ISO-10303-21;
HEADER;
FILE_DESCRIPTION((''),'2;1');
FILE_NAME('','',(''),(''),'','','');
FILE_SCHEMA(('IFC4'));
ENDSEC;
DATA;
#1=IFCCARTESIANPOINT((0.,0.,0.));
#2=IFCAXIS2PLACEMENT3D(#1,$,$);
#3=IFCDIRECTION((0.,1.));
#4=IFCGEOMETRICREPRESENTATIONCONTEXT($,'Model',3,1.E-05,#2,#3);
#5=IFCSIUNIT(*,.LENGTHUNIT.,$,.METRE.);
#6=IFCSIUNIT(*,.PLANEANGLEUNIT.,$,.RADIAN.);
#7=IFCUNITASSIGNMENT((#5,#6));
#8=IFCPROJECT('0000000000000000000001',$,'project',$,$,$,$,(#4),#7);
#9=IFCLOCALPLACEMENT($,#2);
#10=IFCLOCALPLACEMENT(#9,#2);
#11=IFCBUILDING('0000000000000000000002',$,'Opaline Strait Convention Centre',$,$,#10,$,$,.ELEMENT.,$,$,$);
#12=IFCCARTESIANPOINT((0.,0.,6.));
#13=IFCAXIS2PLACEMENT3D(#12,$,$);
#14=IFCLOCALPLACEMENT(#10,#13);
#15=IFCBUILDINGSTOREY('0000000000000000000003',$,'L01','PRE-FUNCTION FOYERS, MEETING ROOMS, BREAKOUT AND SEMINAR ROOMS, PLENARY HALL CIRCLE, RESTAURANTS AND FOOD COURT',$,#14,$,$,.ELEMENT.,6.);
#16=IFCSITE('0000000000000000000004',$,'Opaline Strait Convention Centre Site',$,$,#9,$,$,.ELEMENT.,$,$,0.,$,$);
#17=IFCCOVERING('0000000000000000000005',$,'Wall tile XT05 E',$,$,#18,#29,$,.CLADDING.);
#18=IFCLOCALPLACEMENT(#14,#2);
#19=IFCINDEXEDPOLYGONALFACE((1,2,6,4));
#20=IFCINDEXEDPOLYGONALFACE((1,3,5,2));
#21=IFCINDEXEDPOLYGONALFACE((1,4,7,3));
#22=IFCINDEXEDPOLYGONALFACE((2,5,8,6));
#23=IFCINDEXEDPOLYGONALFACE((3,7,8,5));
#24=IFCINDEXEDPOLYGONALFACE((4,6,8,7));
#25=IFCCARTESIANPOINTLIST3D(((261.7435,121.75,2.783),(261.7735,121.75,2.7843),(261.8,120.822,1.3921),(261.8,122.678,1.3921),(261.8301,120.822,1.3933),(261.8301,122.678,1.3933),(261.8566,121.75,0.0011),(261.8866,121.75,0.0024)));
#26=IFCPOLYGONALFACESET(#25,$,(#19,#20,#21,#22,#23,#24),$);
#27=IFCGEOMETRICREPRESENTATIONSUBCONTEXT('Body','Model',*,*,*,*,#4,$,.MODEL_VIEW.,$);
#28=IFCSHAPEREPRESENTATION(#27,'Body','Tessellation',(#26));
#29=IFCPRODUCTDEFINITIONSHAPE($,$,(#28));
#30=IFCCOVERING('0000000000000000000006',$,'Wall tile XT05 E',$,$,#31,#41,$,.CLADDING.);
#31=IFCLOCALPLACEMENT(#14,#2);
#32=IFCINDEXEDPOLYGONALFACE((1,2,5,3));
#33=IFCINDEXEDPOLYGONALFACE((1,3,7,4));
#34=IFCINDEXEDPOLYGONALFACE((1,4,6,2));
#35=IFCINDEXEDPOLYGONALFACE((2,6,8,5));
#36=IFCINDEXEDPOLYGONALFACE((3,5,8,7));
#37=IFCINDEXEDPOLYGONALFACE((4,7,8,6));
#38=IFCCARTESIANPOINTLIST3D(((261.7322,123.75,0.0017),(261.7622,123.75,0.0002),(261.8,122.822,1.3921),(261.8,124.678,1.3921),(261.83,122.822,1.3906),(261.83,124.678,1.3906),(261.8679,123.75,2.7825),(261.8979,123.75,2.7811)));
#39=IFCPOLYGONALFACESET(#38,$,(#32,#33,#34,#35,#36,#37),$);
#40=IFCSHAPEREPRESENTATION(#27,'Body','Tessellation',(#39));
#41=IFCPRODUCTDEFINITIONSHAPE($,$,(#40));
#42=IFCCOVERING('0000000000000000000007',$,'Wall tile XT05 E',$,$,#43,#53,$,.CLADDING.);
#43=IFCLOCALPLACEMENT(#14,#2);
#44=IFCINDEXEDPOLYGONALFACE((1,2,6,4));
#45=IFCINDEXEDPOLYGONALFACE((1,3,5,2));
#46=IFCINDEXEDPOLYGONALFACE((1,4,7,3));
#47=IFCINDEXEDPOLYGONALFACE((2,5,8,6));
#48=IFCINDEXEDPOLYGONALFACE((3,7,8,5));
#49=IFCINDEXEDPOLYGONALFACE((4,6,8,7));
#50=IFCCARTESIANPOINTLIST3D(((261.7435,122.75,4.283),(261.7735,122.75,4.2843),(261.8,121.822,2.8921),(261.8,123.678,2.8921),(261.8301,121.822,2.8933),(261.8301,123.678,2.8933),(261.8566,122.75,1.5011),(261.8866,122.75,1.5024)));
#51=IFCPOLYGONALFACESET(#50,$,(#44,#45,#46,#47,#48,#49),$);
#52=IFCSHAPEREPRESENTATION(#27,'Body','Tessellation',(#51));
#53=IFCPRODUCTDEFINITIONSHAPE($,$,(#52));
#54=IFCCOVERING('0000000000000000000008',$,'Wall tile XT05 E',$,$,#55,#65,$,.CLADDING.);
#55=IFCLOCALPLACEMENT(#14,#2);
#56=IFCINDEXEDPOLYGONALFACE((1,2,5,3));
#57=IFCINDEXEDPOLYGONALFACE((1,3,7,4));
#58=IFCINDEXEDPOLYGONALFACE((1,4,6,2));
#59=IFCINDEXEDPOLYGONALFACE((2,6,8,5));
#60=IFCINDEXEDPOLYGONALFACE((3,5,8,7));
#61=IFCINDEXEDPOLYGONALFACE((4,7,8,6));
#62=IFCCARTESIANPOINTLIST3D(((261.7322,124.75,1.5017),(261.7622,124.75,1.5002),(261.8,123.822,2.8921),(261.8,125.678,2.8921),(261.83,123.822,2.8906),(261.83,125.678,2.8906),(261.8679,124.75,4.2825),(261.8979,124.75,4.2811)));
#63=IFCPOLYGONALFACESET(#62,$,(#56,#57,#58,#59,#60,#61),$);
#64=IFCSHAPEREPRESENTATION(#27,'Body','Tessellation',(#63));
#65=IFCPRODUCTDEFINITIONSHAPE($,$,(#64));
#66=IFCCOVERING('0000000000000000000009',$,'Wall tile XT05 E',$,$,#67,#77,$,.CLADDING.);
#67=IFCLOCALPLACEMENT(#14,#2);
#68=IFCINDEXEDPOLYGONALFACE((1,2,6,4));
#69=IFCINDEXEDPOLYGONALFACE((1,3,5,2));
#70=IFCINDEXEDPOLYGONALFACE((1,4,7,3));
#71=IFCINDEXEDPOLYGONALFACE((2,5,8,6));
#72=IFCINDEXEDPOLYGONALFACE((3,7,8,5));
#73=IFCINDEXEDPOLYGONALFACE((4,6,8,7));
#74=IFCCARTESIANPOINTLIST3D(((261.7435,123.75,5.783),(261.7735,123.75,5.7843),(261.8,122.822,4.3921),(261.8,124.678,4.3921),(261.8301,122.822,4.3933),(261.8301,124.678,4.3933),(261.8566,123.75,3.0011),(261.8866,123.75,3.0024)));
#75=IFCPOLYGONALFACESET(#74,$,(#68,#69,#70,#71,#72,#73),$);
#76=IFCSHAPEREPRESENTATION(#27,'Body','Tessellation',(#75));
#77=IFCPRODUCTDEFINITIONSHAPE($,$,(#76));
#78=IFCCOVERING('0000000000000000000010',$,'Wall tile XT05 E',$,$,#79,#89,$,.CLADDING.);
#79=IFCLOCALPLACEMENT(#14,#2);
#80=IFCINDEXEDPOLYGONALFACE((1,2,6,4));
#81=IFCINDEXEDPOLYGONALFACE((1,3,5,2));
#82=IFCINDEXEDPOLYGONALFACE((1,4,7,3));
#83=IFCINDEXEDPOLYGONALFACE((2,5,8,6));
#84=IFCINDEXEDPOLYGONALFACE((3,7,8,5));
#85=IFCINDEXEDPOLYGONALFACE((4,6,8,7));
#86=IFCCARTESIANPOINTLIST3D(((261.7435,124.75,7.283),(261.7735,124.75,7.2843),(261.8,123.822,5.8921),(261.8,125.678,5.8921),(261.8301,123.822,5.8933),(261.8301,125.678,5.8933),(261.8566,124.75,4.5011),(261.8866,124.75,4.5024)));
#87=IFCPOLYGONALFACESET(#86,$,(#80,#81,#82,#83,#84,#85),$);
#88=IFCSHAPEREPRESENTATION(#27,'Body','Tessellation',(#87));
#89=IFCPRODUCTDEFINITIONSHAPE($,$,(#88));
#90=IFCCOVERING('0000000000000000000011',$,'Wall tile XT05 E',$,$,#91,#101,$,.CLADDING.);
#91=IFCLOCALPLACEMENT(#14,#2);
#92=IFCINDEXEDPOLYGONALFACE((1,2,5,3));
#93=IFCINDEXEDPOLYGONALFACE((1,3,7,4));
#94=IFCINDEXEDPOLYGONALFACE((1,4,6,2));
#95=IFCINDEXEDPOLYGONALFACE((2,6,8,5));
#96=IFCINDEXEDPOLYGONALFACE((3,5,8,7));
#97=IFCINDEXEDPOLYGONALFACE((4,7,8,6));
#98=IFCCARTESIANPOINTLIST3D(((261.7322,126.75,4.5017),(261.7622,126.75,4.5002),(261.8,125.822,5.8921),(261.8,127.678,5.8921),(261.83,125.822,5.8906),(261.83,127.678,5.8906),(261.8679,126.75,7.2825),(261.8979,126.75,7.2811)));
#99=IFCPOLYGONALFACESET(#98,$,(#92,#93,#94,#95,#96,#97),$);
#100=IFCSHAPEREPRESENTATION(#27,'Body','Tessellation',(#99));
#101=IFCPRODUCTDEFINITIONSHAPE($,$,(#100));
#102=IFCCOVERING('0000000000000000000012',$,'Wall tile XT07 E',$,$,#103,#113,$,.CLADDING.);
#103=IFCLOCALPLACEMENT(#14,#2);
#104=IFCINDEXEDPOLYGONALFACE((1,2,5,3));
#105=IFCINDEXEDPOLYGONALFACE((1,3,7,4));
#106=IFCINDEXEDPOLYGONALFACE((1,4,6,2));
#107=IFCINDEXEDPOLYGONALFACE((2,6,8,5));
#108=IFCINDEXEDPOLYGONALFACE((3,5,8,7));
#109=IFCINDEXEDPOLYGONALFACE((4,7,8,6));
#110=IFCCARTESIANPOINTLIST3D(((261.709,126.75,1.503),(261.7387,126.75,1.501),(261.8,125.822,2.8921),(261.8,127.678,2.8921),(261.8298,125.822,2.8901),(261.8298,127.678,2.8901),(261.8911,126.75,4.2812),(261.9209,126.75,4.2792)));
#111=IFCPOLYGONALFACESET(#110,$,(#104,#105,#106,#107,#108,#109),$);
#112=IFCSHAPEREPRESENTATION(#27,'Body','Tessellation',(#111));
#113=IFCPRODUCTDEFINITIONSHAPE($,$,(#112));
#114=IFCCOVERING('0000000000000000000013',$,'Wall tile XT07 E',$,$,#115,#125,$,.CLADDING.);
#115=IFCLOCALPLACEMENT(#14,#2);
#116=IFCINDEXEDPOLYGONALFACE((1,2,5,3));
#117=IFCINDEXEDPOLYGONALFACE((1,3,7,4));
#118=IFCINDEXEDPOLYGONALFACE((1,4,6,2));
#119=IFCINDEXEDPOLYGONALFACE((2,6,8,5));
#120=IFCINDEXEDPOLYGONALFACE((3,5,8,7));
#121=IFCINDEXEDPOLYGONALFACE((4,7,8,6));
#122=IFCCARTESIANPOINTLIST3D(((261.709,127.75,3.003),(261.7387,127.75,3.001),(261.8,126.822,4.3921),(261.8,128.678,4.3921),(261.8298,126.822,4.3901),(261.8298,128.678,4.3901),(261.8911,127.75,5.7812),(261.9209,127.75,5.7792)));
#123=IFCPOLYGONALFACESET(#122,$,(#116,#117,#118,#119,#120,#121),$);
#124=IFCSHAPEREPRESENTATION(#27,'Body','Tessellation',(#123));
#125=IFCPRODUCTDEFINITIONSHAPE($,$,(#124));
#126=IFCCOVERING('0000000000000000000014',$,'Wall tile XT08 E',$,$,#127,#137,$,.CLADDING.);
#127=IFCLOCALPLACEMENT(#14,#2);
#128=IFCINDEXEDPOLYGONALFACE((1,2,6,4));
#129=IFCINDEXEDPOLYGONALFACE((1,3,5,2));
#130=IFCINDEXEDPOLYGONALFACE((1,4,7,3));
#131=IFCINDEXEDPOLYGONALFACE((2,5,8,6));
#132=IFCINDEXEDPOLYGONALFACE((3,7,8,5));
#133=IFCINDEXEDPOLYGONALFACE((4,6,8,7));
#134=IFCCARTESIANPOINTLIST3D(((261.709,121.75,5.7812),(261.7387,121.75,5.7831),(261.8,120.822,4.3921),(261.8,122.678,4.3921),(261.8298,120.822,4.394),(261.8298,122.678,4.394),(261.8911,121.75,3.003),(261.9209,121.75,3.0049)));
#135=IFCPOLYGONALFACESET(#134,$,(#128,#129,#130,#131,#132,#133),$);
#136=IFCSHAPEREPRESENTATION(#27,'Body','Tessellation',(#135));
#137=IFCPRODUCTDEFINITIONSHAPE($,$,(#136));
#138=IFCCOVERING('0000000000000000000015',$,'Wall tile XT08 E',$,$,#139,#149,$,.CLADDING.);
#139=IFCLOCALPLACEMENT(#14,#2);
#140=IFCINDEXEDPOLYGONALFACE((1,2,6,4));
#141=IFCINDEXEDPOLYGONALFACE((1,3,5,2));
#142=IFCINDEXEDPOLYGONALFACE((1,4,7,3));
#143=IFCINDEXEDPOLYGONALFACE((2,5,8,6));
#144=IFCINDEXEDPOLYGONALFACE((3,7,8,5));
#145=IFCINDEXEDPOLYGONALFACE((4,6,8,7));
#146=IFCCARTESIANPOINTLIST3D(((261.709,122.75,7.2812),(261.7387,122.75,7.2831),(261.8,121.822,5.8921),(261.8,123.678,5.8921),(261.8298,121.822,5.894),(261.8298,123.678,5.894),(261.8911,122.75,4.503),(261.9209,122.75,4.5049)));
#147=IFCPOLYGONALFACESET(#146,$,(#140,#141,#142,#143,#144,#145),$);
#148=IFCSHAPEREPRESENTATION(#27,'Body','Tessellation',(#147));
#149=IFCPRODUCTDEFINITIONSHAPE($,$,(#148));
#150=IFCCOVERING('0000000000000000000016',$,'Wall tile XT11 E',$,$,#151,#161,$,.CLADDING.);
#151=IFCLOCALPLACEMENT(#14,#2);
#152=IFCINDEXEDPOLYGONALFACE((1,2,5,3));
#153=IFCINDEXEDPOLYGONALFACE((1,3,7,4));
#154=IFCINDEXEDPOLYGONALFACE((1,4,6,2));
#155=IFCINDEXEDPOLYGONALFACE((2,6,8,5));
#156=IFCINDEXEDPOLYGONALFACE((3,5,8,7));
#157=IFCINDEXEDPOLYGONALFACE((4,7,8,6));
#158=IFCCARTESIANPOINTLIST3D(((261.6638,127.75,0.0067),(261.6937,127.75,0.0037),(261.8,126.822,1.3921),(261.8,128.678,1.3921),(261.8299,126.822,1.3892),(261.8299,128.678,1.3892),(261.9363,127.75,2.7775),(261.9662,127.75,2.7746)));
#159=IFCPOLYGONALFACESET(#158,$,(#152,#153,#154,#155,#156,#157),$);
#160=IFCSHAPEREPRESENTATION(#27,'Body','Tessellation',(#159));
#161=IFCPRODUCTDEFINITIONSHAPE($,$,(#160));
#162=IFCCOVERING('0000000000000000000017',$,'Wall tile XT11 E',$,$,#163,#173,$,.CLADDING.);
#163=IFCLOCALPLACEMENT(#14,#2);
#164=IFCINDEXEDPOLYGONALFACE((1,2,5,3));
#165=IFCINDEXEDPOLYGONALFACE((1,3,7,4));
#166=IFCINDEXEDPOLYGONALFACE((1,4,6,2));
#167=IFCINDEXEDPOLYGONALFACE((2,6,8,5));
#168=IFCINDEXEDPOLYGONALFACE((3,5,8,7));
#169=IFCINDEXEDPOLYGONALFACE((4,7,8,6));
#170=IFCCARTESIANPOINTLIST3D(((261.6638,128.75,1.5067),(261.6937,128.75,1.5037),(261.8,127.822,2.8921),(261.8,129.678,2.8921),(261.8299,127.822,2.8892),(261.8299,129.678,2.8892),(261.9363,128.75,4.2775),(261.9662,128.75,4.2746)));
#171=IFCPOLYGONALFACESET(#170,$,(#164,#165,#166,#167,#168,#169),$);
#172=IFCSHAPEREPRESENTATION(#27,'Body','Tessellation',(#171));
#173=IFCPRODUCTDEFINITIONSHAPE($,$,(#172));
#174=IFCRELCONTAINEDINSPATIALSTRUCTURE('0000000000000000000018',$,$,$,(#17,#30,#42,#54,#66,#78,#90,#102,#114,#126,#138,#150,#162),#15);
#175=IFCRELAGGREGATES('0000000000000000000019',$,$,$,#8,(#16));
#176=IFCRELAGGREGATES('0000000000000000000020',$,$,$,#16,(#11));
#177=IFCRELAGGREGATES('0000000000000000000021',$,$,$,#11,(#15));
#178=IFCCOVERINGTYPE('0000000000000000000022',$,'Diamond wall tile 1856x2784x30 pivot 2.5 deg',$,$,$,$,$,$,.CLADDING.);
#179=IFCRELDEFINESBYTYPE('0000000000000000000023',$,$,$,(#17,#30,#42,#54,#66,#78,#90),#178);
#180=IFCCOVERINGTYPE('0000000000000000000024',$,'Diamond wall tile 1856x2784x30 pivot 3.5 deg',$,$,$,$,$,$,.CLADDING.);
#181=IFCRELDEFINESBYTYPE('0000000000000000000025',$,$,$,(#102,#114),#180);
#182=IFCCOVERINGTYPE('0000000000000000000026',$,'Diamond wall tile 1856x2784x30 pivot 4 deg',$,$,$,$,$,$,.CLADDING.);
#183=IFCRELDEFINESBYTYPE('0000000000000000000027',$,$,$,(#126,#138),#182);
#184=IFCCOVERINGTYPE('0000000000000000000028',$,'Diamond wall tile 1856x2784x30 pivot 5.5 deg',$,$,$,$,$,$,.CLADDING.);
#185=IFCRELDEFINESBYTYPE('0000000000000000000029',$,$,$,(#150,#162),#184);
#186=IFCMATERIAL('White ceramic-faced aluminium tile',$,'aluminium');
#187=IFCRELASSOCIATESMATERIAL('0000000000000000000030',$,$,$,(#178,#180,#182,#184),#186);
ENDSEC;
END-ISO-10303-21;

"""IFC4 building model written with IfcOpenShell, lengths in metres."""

from ifc_helpers import new_model, si_unit, direction, frame, origin, place, context, subcontext, project, spatial, polyline, outline, extrude, material, material_profile, profile_set, type_object, element, save


model = new_model("IFC4")

# Units and contexts
model_context = context("Model", 3, precision=1e-05, world=origin(), true_north=direction((0.0, 1.0)))
body_context = subcontext(model_context, "Body", "Model", "MODEL_VIEW")
ifc_project = project(units=[si_unit("LENGTHUNIT", "METRE"), si_unit("PLANEANGLEUNIT", "RADIAN")], contexts=[model_context])

# Site, building, storey
site_placement = place(None, origin())
site = spatial("IfcSite", under=ifc_project, at=site_placement, Name="Opaline Strait Convention Centre Site", CompositionType="ELEMENT", RefElevation=0.0)
building_placement = place(site_placement, origin())
building = spatial("IfcBuilding", under=site, at=building_placement, Name="Opaline Strait Convention Centre", CompositionType="ELEMENT")
storey_placement = place(building_placement, frame((0.0, 0.0, 6.0)))
storey = spatial("IfcBuildingStorey", under=building, at=storey_placement, Name="L01", Description="PRE-FUNCTION FOYERS, MEETING ROOMS, BREAKOUT AND SEMINAR ROOMS, PLENARY HALL CIRCLE, RESTAURANTS AND FOOD COURT", CompositionType="ELEMENT", Elevation=6.0)

# Coverings
ifc_material_1 = material(Name="White ceramic-faced aluminium tile", Category="aluminium")
ifc_material_profile_1 = material_profile(ifc_material_1, outline(polyline([(0.928, 0.0), (0.0, 1.3921), (-0.928, 0.0), (0.0, -1.3921), (0.928, 0.0)])), Name="Diamond tile 1856x2784")
ifc_profile_set_1 = profile_set([ifc_material_profile_1], Name="White ceramic-faced aluminium tile")
covering_type_1 = type_object("IfcCoveringType", Name="Diamond wall tile 1856x2784x30 pivot 2.5 deg", PredefinedType="CLADDING", material=ifc_profile_set_1)
for number, where, z_axis, x_axis, name in (
    (1, (261.8, 121.75, 1.3921), (0.999175, 0.0, 0.040617), (0.0, 1.0, 0.0), "Wall tile XT05 E"),
    (2, (261.8, 123.75, 1.3921), (0.998812, 0.0, -0.048723), (0.0, 1.0, 0.0), "Wall tile XT05 E"),
    (3, (261.8, 122.75, 2.8921), (0.999175, 0.0, 0.040617), (0.0, 1.0, 0.0), "Wall tile XT05 E"),
    (4, (261.8, 124.75, 2.8921), (0.998812, 0.0, -0.048723), (0.0, 1.0, 0.0), "Wall tile XT05 E"),
    (5, (261.8, 123.75, 4.3921), (0.999175, 0.0, 0.040617), (0.0, 1.0, 0.0), "Wall tile XT05 E"),
    (6, (261.8, 124.75, 5.8921), (0.999175, 0.0, 0.040617), (0.0, 1.0, 0.0), "Wall tile XT05 E"),
    (7, (261.8, 126.75, 5.8921), (0.998812, 0.0, -0.048723), (0.0, 1.0, 0.0), "Wall tile XT05 E"),
):
    element("IfcCovering", number, at=place(storey_placement, frame(where, z_axis=z_axis, x_axis=x_axis)), inside=storey, type_object=covering_type_1, Name=name, PredefinedType="CLADDING", context=body_context, shape_type="SweptSolid", body=[
        extrude(outline(polyline([(0.928, 0.0), (0.0, 1.3921), (-0.928, 0.0), (0.0, -1.3921), (0.928, 0.0)])), origin(), (0.0, 0.0, 1.0), 0.03),
    ])
ifc_material_profile_2 = material_profile(ifc_material_1, outline(polyline([(0.928, 0.0), (0.0, 1.3921), (-0.928, 0.0), (0.0, -1.3921), (0.928, 0.0)])), Name="Diamond tile 1856x2784")
ifc_profile_set_2 = profile_set([ifc_material_profile_2], Name="White ceramic-faced aluminium tile")
covering_type_2 = type_object("IfcCoveringType", Name="Diamond wall tile 1856x2784x30 pivot 3.5 deg", PredefinedType="CLADDING", material=ifc_profile_set_2)
for number, where, z_axis, x_axis, name in (
    (8, (261.8, 126.75, 2.8921), (0.997857, 0.0, -0.065433), (0.0, 1.0, 0.0), "Wall tile XT07 E"),
    (9, (261.8, 127.75, 4.3921), (0.997857, 0.0, -0.065433), (0.0, 1.0, 0.0), "Wall tile XT07 E"),
):
    element("IfcCovering", number, at=place(storey_placement, frame(where, z_axis=z_axis, x_axis=x_axis)), inside=storey, type_object=covering_type_2, Name=name, PredefinedType="CLADDING", context=body_context, shape_type="SweptSolid", body=[
        extrude(outline(polyline([(0.928, 0.0), (0.0, 1.3921), (-0.928, 0.0), (0.0, -1.3921), (0.928, 0.0)])), origin(), (0.0, 0.0, 1.0), 0.0298),
    ])
ifc_material_profile_3 = material_profile(ifc_material_1, outline(polyline([(0.928, 0.0), (0.0, 1.3921), (-0.928, 0.0), (0.0, -1.3921), (0.928, 0.0)])), Name="Diamond tile 1856x2784")
ifc_profile_set_3 = profile_set([ifc_material_profile_3], Name="White ceramic-faced aluminium tile")
covering_type_3 = type_object("IfcCoveringType", Name="Diamond wall tile 1856x2784x30 pivot 4 deg", PredefinedType="CLADDING", material=ifc_profile_set_3)
for number, where, z_axis, x_axis, name in (
    (10, (261.8, 121.75, 4.3921), (0.997857, 0.0, 0.065433), (0.0, 1.0, 0.0), "Wall tile XT08 E"),
    (11, (261.8, 122.75, 5.8921), (0.997857, 0.0, 0.065433), (0.0, 1.0, 0.0), "Wall tile XT08 E"),
):
    element("IfcCovering", number, at=place(storey_placement, frame(where, z_axis=z_axis, x_axis=x_axis)), inside=storey, type_object=covering_type_3, Name=name, PredefinedType="CLADDING", context=body_context, shape_type="SweptSolid", body=[
        extrude(outline(polyline([(0.928, 0.0), (0.0, 1.3921), (-0.928, 0.0), (0.0, -1.3921), (0.928, 0.0)])), origin(), (0.0, 0.0, 1.0), 0.0298),
    ])
ifc_material_profile_4 = material_profile(ifc_material_1, outline(polyline([(0.928, 0.0), (0.0, 1.3921), (-0.928, 0.0), (0.0, -1.3921), (0.928, 0.0)])), Name="Diamond tile 1856x2784")
ifc_profile_set_4 = profile_set([ifc_material_profile_4], Name="White ceramic-faced aluminium tile")
covering_type_4 = type_object("IfcCoveringType", Name="Diamond wall tile 1856x2784x30 pivot 5.5 deg", PredefinedType="CLADDING", material=ifc_profile_set_4)
for number, where, z_axis, x_axis, name in (
    (12, (261.8, 127.75, 1.3921), (0.995197, 0.0, -0.097888), (0.0, 1.0, 0.0), "Wall tile XT11 E"),
    (13, (261.8, 128.75, 2.8921), (0.995197, 0.0, -0.097888), (0.0, 1.0, 0.0), "Wall tile XT11 E"),
):
    element("IfcCovering", number, at=place(storey_placement, frame(where, z_axis=z_axis, x_axis=x_axis)), inside=storey, type_object=covering_type_4, Name=name, PredefinedType="CLADDING", context=body_context, shape_type="SweptSolid", body=[
        extrude(outline(polyline([(0.928, 0.0), (0.0, 1.3921), (-0.928, 0.0), (0.0, -1.3921), (0.928, 0.0)])), origin(), (0.0, 0.0, 1.0), 0.03),
    ])

save(model, "model.ifc")
